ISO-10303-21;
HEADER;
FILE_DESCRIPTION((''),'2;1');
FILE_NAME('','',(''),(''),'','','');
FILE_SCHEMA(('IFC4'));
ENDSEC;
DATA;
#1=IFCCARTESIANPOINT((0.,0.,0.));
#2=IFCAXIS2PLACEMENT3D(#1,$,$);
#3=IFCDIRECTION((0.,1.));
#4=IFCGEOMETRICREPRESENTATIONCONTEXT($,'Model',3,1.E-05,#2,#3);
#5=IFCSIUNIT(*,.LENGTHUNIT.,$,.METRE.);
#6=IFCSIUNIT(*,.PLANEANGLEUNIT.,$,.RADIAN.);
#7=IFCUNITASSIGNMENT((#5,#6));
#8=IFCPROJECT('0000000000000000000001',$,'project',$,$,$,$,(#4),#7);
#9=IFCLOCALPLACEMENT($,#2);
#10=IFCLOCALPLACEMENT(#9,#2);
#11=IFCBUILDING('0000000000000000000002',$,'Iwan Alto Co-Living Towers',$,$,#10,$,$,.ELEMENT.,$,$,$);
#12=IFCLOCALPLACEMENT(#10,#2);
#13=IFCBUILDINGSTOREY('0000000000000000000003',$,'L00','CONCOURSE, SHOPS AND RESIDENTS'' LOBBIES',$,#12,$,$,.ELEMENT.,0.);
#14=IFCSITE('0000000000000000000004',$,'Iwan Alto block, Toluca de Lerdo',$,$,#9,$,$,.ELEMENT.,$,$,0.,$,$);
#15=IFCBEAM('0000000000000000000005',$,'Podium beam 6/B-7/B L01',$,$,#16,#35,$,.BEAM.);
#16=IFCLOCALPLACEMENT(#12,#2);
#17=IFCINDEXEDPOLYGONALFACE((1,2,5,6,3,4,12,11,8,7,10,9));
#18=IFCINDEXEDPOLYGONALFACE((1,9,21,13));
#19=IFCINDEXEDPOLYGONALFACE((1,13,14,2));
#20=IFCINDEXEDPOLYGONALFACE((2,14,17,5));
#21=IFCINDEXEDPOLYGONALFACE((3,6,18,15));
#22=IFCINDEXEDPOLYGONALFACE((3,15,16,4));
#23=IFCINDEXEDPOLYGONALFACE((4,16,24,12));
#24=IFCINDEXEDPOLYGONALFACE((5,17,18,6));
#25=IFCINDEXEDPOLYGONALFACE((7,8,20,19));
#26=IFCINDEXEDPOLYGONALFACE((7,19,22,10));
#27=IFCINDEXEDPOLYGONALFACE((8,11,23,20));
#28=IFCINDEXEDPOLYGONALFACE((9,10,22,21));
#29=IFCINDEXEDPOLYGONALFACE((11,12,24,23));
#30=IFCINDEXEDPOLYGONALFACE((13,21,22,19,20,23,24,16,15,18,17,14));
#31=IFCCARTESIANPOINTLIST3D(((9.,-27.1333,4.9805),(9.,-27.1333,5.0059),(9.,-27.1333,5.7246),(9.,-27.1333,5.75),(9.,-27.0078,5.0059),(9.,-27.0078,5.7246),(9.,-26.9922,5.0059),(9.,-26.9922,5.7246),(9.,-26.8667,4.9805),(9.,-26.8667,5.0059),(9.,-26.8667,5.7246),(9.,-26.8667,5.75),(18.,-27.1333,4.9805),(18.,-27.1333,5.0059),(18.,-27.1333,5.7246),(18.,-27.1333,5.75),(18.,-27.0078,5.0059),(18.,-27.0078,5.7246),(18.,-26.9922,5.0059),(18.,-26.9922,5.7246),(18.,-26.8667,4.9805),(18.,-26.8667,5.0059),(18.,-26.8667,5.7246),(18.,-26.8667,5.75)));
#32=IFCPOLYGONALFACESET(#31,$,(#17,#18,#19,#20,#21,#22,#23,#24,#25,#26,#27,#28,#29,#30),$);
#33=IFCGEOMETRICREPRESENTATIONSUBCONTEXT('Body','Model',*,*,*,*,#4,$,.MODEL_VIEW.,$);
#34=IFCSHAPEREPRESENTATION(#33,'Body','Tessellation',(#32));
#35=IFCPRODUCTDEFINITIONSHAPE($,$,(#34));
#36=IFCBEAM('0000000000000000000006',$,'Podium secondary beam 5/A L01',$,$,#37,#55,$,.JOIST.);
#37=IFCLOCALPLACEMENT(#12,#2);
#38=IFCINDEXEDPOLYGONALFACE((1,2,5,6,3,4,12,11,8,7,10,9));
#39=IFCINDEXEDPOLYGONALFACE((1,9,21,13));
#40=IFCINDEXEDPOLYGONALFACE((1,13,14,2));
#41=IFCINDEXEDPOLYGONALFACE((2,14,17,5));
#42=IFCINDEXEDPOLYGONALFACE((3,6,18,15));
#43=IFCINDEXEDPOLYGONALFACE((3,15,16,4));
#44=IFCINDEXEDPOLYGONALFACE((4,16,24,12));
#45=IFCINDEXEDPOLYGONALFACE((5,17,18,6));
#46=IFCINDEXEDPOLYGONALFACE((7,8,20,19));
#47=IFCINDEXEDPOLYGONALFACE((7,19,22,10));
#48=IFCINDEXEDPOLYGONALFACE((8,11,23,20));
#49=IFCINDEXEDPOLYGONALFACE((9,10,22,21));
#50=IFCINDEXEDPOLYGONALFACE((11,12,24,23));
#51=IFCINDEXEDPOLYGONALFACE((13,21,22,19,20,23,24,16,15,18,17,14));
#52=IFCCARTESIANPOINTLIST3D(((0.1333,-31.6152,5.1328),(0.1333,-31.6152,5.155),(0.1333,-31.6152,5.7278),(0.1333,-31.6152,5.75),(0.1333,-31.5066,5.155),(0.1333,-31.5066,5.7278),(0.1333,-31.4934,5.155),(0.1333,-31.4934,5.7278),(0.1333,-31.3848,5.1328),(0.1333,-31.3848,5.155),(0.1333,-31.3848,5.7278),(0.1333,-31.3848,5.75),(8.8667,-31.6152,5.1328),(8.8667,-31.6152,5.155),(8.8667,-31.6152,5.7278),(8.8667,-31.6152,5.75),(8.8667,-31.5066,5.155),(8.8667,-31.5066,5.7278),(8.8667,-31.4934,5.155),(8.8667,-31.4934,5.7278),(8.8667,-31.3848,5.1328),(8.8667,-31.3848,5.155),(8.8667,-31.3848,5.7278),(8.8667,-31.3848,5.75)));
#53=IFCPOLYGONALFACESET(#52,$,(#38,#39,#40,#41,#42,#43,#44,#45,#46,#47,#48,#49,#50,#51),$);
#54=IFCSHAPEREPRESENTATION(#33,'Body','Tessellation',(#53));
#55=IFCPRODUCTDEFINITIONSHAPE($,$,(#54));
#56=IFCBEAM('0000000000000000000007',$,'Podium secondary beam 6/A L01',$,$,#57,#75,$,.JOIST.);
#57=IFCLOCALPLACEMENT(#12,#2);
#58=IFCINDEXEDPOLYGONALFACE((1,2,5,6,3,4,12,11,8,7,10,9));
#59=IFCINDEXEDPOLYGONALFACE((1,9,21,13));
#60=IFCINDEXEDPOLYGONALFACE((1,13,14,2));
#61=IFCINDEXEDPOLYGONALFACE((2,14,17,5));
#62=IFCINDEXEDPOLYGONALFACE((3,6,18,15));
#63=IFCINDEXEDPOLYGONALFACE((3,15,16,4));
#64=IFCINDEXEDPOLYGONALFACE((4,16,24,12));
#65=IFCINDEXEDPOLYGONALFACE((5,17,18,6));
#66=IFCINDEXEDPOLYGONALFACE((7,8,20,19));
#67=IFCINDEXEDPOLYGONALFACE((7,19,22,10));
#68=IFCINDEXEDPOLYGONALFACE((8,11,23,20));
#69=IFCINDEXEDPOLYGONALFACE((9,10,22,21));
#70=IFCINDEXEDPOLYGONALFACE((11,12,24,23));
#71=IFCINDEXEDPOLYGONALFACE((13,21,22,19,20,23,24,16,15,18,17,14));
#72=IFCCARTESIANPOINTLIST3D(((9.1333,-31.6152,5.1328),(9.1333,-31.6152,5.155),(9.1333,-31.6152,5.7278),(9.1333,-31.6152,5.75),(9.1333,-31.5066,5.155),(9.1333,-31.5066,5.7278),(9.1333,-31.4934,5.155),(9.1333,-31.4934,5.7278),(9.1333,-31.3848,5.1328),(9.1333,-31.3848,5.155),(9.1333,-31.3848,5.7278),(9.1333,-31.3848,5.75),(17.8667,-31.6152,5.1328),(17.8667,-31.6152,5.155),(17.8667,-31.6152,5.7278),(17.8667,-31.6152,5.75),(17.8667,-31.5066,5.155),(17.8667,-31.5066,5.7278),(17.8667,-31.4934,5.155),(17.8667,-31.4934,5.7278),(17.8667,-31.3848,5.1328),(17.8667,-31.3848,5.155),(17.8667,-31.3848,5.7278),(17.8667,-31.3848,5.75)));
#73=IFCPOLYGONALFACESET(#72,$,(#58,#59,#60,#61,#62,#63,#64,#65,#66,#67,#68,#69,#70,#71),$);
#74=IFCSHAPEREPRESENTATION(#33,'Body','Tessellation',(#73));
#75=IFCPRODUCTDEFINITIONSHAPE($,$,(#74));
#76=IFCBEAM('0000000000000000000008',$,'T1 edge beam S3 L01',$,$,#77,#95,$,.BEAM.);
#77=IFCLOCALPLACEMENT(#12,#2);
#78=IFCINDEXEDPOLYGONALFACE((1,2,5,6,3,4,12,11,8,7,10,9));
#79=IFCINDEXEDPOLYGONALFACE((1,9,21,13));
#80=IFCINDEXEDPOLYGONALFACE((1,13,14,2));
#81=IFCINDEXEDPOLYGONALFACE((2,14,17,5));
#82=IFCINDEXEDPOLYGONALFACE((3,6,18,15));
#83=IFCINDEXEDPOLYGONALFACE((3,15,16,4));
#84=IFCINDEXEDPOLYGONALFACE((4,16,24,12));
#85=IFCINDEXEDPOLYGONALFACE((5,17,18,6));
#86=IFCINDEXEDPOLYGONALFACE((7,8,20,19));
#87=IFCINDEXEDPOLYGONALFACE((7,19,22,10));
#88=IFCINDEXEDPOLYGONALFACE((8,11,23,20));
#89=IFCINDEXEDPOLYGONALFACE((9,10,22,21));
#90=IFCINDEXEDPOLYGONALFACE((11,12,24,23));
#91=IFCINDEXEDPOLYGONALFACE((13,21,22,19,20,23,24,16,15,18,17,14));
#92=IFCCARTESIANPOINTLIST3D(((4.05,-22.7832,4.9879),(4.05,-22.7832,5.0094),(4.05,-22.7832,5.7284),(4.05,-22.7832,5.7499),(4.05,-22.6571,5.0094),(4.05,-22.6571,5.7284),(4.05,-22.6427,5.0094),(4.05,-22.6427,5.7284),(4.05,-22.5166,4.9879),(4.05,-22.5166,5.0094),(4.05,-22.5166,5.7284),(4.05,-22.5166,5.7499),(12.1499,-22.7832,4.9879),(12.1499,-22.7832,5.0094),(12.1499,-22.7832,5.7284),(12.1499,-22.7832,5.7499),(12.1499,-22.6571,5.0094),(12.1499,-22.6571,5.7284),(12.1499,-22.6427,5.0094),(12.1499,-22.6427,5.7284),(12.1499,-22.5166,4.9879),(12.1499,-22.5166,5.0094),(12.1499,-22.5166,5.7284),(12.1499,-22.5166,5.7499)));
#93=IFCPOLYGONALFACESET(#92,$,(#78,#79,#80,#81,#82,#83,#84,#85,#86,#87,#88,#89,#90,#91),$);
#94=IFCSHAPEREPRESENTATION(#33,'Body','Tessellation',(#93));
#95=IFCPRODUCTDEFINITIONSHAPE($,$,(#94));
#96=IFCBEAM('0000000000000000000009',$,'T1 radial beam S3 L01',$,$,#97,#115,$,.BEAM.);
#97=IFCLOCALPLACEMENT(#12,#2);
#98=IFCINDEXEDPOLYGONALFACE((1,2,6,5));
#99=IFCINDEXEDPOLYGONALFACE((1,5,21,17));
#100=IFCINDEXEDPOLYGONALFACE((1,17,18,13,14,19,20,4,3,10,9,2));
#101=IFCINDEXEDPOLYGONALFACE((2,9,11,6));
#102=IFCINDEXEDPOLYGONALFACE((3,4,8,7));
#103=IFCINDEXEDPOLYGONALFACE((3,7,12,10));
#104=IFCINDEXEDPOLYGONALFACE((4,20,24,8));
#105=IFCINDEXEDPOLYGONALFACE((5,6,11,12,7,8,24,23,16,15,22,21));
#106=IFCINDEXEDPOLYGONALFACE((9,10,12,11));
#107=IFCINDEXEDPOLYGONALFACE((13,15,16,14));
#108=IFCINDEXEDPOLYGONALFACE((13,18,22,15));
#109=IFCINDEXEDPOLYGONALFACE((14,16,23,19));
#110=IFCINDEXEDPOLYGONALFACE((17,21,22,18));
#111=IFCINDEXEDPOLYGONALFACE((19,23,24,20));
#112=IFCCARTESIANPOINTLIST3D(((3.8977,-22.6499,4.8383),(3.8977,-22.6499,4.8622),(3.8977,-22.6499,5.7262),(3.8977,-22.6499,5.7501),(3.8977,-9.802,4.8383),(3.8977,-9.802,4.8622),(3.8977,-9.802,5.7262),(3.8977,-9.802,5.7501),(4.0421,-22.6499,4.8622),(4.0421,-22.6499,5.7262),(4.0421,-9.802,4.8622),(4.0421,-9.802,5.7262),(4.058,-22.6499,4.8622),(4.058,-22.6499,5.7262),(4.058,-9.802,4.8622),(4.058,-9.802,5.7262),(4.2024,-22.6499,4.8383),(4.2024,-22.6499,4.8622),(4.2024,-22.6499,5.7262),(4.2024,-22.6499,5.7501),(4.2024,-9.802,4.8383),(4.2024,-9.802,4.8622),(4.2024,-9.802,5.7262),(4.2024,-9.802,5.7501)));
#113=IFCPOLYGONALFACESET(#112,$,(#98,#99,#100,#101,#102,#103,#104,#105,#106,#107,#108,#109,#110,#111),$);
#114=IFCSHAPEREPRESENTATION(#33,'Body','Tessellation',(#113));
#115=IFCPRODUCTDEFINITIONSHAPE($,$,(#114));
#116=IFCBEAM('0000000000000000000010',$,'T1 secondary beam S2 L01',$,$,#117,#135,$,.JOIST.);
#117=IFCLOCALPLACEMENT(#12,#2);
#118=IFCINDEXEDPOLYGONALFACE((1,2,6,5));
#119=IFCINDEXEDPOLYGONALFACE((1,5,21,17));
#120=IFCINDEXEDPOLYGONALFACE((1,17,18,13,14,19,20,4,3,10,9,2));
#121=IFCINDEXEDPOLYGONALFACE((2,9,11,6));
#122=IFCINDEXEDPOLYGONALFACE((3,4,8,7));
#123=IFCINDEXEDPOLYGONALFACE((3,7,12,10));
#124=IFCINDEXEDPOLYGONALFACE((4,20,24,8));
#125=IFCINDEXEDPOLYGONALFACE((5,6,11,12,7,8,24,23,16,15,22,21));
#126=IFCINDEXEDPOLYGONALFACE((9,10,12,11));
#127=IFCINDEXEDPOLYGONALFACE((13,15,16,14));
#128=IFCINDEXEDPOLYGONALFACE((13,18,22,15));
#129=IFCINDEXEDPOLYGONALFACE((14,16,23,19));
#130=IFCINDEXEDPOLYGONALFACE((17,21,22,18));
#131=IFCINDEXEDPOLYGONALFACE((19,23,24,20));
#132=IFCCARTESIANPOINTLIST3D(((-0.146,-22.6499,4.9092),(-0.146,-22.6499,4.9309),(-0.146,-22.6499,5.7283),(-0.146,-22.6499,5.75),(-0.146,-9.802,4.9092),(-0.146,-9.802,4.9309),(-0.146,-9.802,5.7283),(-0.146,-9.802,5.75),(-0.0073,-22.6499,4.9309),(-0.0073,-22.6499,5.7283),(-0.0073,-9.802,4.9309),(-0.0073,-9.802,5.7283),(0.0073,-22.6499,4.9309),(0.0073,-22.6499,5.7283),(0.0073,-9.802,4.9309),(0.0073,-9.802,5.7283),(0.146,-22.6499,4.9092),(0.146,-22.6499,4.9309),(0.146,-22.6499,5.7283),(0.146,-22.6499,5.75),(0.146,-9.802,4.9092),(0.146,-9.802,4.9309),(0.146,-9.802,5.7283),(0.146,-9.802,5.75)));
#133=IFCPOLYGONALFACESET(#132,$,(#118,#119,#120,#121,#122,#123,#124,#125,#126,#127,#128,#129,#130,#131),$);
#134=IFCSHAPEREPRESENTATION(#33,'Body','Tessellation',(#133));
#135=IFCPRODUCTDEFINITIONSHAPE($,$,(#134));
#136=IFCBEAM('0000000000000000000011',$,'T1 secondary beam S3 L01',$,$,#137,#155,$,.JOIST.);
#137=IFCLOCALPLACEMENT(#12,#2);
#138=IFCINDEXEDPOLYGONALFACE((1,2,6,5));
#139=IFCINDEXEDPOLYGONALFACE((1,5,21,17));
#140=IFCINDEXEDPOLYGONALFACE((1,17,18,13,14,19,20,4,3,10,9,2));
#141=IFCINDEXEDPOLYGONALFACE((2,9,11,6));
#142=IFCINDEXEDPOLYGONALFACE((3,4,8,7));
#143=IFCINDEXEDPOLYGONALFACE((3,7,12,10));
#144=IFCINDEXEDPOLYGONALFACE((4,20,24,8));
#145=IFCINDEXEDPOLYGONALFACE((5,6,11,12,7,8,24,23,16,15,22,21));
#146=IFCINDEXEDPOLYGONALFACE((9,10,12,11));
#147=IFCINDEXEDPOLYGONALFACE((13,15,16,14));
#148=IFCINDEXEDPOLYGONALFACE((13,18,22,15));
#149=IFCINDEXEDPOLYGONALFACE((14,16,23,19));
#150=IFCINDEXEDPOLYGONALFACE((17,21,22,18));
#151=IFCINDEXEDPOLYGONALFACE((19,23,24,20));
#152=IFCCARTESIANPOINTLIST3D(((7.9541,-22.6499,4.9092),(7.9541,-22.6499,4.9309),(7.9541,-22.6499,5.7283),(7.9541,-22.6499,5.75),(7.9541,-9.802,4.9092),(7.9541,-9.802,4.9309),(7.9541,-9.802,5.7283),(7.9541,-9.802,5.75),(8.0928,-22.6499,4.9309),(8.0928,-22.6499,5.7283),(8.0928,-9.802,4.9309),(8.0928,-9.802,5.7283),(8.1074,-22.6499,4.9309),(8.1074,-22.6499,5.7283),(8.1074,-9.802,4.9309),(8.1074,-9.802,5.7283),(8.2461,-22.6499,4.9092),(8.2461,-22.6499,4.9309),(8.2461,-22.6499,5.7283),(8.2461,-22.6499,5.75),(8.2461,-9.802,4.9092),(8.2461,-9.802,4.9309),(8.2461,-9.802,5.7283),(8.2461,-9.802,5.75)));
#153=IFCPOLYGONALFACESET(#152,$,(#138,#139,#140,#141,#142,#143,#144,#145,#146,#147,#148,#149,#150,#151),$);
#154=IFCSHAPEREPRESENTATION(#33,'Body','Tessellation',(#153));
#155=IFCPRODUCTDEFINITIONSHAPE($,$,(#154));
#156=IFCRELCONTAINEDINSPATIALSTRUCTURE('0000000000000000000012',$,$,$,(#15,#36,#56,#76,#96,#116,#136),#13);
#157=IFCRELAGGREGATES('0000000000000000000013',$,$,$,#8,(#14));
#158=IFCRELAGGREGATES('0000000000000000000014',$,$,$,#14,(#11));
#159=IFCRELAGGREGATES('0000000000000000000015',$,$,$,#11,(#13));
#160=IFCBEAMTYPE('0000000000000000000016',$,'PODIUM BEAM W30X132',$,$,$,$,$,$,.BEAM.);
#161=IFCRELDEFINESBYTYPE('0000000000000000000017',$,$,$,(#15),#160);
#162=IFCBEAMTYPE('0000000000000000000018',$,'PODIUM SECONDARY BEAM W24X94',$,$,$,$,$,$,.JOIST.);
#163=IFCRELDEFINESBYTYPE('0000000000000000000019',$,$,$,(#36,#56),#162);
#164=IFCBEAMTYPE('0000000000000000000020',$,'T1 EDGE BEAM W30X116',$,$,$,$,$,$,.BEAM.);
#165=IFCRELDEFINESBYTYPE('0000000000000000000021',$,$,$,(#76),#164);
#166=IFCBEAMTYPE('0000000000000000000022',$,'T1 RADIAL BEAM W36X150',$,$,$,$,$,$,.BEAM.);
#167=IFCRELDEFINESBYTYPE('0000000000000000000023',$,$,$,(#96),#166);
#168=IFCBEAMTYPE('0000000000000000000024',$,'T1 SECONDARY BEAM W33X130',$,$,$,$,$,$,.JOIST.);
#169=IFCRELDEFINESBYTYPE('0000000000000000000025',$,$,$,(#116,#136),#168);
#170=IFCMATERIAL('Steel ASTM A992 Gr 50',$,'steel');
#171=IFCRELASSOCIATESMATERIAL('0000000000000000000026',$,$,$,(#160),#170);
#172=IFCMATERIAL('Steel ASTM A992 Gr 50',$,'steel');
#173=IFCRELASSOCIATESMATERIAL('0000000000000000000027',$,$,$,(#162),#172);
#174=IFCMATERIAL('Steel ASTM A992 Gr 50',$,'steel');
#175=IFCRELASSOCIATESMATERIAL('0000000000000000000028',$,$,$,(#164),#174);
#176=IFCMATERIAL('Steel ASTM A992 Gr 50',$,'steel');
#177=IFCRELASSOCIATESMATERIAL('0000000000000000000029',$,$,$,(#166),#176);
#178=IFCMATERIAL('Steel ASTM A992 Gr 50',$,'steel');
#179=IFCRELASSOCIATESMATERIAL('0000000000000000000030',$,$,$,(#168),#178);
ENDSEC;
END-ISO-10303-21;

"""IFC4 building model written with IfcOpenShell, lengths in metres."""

from ifc_helpers import new_model, si_unit, direction, frame, origin, origin_2d, place, context, subcontext, project, spatial, i_section, extrude, material, material_profile, profile_set, type_object, element, save


model = new_model("IFC4")

# Units and contexts
model_context = context("Model", 3, precision=1e-05, world=origin(), true_north=direction((0.0, 1.0)))
body_context = subcontext(model_context, "Body", "Model", "MODEL_VIEW")
ifc_project = project(units=[si_unit("LENGTHUNIT", "METRE"), si_unit("PLANEANGLEUNIT", "RADIAN")], contexts=[model_context])

# Site, building, storey
site_placement = place(None, origin())
site = spatial("IfcSite", under=ifc_project, at=site_placement, Name="Iwan Alto block, Toluca de Lerdo", CompositionType="ELEMENT", RefElevation=0.0)
building_placement = place(site_placement, origin())
building = spatial("IfcBuilding", under=site, at=building_placement, Name="Iwan Alto Co-Living Towers", CompositionType="ELEMENT")
storey_placement = place(building_placement, origin())
storey = spatial("IfcBuildingStorey", under=building, at=storey_placement, Name="L00", Description="CONCOURSE, SHOPS AND RESIDENTS' LOBBIES", CompositionType="ELEMENT", Elevation=0.0)

# Beams
ifc_material_1 = material(Name="Steel ASTM A992 Gr 50", Category="steel")
ifc_material_profile_1 = material_profile(ifc_material_1, i_section(OverallWidth=0.2666, OverallDepth=0.7695, WebThickness=0.0156, FlangeThickness=0.0254, at=origin_2d()), Name="W30X132")
ifc_profile_set_1 = profile_set([ifc_material_profile_1], Name="Steel ASTM A992 Gr 50")
beam_type_1 = type_object("IfcBeamType", Name="PODIUM BEAM W30X132", PredefinedType="BEAM", material=ifc_profile_set_1)
for number, where, z_axis, x_axis, name in (
    (1, (9.0, -27.0, 5.3652), (1.0, 0.0, 0.0), (0.0, 1.0, 0.0), "Podium beam 6/B-7/B L01"),
):
    element("IfcBeam", number, at=place(storey_placement, frame(where, z_axis=z_axis, x_axis=x_axis)), inside=storey, type_object=beam_type_1, Name=name, PredefinedType="BEAM", context=body_context, shape_type="SweptSolid", body=[
        extrude(i_section(OverallWidth=0.2666, OverallDepth=0.7695, WebThickness=0.0156, FlangeThickness=0.0254, at=origin_2d()), origin(), (0.0, 0.0, 1.0), 9.0),
    ])
ifc_material_2 = material(Name="Steel ASTM A992 Gr 50", Category="steel")
ifc_material_profile_2 = material_profile(ifc_material_2, i_section(OverallWidth=0.2305, OverallDepth=0.6172, WebThickness=0.0132, FlangeThickness=0.0222, at=origin_2d()), Name="W24X94")
ifc_profile_set_2 = profile_set([ifc_material_profile_2], Name="Steel ASTM A992 Gr 50")
beam_type_2 = type_object("IfcBeamType", Name="PODIUM SECONDARY BEAM W24X94", PredefinedType="JOIST", material=ifc_profile_set_2)
for number, where, z_axis, x_axis, name in (
    (2, (0.1333, -31.5, 5.4414), (1.0, 0.0, 0.0), (0.0, 1.0, 0.0), "Podium secondary beam 5/A L01"),
    (3, (9.1333, -31.5, 5.4414), (1.0, 0.0, 0.0), (0.0, 1.0, 0.0), "Podium secondary beam 6/A L01"),
):
    element("IfcBeam", number, at=place(storey_placement, frame(where, z_axis=z_axis, x_axis=x_axis)), inside=storey, type_object=beam_type_2, Name=name, PredefinedType="JOIST", context=body_context, shape_type="SweptSolid", body=[
        extrude(i_section(OverallWidth=0.2305, OverallDepth=0.6172, WebThickness=0.0132, FlangeThickness=0.0222, at=origin_2d()), origin(), (0.0, 0.0, 1.0), 8.7334),
    ])
ifc_material_3 = material(Name="Steel ASTM A992 Gr 50", Category="steel")
ifc_material_profile_3 = material_profile(ifc_material_3, i_section(OverallWidth=0.2666, OverallDepth=0.762, WebThickness=0.0144, FlangeThickness=0.0215, at=origin_2d()), Name="W30X116")
ifc_profile_set_3 = profile_set([ifc_material_profile_3], Name="Steel ASTM A992 Gr 50")
beam_type_3 = type_object("IfcBeamType", Name="T1 EDGE BEAM W30X116", PredefinedType="BEAM", material=ifc_profile_set_3)
beam_1_placement = place(storey_placement, frame((4.05, -22.6499, 5.3689), z_axis=(1.0, 0.0, 0.0), x_axis=(0.0, 1.0, 0.0)))
element("IfcBeam", 4, at=beam_1_placement, inside=storey, type_object=beam_type_3, Name="T1 edge beam S3 L01", PredefinedType="BEAM", context=body_context, shape_type="SweptSolid", body=[
    extrude(i_section(OverallWidth=0.2666, OverallDepth=0.762, WebThickness=0.0144, FlangeThickness=0.0215, at=origin_2d()), origin(), (0.0, 0.0, 1.0), 8.0999),
])
ifc_material_4 = material(Name="Steel ASTM A992 Gr 50", Category="steel")
ifc_material_profile_4 = material_profile(ifc_material_4, i_section(OverallWidth=0.3047, OverallDepth=0.9119, WebThickness=0.0159, FlangeThickness=0.0239, at=origin_2d()), Name="W36X150")
ifc_profile_set_4 = profile_set([ifc_material_profile_4], Name="Steel ASTM A992 Gr 50")
beam_type_4 = type_object("IfcBeamType", Name="T1 RADIAL BEAM W36X150", PredefinedType="BEAM", material=ifc_profile_set_4)
beam_2_placement = place(storey_placement, frame((4.05, -22.6499, 5.2942), z_axis=(0.0, 1.0, 0.0), x_axis=(-1.0, 0.0, 0.0)))
element("IfcBeam", 5, at=beam_2_placement, inside=storey, type_object=beam_type_4, Name="T1 radial beam S3 L01", PredefinedType="BEAM", context=body_context, shape_type="SweptSolid", body=[
    extrude(i_section(OverallWidth=0.3047, OverallDepth=0.9119, WebThickness=0.0159, FlangeThickness=0.0239, at=origin_2d()), origin(), (0.0, 0.0, 1.0), 12.8479),
])
ifc_material_5 = material(Name="Steel ASTM A992 Gr 50", Category="steel")
ifc_material_profile_5 = material_profile(ifc_material_5, i_section(OverallWidth=0.292, OverallDepth=0.8408, WebThickness=0.0146, FlangeThickness=0.0217, at=origin_2d()), Name="W33X130")
ifc_profile_set_5 = profile_set([ifc_material_profile_5], Name="Steel ASTM A992 Gr 50")
beam_type_5 = type_object("IfcBeamType", Name="T1 SECONDARY BEAM W33X130", PredefinedType="JOIST", material=ifc_profile_set_5)
for number, where, z_axis, x_axis, name in (
    (6, (0.0, -22.6499, 5.3296), (0.0, 1.0, 0.0), (-1.0, 0.0, 0.0), "T1 secondary beam S2 L01"),
    (7, (8.1001, -22.6499, 5.3296), (0.0, 1.0, 0.0), (-1.0, 0.0, 0.0), "T1 secondary beam S3 L01"),
):
    element("IfcBeam", number, at=place(storey_placement, frame(where, z_axis=z_axis, x_axis=x_axis)), inside=storey, type_object=beam_type_5, Name=name, PredefinedType="JOIST", context=body_context, shape_type="SweptSolid", body=[
        extrude(i_section(OverallWidth=0.292, OverallDepth=0.8408, WebThickness=0.0146, FlangeThickness=0.0217, at=origin_2d()), origin(), (0.0, 0.0, 1.0), 12.8479),
    ])

save(model, "model.ifc")
